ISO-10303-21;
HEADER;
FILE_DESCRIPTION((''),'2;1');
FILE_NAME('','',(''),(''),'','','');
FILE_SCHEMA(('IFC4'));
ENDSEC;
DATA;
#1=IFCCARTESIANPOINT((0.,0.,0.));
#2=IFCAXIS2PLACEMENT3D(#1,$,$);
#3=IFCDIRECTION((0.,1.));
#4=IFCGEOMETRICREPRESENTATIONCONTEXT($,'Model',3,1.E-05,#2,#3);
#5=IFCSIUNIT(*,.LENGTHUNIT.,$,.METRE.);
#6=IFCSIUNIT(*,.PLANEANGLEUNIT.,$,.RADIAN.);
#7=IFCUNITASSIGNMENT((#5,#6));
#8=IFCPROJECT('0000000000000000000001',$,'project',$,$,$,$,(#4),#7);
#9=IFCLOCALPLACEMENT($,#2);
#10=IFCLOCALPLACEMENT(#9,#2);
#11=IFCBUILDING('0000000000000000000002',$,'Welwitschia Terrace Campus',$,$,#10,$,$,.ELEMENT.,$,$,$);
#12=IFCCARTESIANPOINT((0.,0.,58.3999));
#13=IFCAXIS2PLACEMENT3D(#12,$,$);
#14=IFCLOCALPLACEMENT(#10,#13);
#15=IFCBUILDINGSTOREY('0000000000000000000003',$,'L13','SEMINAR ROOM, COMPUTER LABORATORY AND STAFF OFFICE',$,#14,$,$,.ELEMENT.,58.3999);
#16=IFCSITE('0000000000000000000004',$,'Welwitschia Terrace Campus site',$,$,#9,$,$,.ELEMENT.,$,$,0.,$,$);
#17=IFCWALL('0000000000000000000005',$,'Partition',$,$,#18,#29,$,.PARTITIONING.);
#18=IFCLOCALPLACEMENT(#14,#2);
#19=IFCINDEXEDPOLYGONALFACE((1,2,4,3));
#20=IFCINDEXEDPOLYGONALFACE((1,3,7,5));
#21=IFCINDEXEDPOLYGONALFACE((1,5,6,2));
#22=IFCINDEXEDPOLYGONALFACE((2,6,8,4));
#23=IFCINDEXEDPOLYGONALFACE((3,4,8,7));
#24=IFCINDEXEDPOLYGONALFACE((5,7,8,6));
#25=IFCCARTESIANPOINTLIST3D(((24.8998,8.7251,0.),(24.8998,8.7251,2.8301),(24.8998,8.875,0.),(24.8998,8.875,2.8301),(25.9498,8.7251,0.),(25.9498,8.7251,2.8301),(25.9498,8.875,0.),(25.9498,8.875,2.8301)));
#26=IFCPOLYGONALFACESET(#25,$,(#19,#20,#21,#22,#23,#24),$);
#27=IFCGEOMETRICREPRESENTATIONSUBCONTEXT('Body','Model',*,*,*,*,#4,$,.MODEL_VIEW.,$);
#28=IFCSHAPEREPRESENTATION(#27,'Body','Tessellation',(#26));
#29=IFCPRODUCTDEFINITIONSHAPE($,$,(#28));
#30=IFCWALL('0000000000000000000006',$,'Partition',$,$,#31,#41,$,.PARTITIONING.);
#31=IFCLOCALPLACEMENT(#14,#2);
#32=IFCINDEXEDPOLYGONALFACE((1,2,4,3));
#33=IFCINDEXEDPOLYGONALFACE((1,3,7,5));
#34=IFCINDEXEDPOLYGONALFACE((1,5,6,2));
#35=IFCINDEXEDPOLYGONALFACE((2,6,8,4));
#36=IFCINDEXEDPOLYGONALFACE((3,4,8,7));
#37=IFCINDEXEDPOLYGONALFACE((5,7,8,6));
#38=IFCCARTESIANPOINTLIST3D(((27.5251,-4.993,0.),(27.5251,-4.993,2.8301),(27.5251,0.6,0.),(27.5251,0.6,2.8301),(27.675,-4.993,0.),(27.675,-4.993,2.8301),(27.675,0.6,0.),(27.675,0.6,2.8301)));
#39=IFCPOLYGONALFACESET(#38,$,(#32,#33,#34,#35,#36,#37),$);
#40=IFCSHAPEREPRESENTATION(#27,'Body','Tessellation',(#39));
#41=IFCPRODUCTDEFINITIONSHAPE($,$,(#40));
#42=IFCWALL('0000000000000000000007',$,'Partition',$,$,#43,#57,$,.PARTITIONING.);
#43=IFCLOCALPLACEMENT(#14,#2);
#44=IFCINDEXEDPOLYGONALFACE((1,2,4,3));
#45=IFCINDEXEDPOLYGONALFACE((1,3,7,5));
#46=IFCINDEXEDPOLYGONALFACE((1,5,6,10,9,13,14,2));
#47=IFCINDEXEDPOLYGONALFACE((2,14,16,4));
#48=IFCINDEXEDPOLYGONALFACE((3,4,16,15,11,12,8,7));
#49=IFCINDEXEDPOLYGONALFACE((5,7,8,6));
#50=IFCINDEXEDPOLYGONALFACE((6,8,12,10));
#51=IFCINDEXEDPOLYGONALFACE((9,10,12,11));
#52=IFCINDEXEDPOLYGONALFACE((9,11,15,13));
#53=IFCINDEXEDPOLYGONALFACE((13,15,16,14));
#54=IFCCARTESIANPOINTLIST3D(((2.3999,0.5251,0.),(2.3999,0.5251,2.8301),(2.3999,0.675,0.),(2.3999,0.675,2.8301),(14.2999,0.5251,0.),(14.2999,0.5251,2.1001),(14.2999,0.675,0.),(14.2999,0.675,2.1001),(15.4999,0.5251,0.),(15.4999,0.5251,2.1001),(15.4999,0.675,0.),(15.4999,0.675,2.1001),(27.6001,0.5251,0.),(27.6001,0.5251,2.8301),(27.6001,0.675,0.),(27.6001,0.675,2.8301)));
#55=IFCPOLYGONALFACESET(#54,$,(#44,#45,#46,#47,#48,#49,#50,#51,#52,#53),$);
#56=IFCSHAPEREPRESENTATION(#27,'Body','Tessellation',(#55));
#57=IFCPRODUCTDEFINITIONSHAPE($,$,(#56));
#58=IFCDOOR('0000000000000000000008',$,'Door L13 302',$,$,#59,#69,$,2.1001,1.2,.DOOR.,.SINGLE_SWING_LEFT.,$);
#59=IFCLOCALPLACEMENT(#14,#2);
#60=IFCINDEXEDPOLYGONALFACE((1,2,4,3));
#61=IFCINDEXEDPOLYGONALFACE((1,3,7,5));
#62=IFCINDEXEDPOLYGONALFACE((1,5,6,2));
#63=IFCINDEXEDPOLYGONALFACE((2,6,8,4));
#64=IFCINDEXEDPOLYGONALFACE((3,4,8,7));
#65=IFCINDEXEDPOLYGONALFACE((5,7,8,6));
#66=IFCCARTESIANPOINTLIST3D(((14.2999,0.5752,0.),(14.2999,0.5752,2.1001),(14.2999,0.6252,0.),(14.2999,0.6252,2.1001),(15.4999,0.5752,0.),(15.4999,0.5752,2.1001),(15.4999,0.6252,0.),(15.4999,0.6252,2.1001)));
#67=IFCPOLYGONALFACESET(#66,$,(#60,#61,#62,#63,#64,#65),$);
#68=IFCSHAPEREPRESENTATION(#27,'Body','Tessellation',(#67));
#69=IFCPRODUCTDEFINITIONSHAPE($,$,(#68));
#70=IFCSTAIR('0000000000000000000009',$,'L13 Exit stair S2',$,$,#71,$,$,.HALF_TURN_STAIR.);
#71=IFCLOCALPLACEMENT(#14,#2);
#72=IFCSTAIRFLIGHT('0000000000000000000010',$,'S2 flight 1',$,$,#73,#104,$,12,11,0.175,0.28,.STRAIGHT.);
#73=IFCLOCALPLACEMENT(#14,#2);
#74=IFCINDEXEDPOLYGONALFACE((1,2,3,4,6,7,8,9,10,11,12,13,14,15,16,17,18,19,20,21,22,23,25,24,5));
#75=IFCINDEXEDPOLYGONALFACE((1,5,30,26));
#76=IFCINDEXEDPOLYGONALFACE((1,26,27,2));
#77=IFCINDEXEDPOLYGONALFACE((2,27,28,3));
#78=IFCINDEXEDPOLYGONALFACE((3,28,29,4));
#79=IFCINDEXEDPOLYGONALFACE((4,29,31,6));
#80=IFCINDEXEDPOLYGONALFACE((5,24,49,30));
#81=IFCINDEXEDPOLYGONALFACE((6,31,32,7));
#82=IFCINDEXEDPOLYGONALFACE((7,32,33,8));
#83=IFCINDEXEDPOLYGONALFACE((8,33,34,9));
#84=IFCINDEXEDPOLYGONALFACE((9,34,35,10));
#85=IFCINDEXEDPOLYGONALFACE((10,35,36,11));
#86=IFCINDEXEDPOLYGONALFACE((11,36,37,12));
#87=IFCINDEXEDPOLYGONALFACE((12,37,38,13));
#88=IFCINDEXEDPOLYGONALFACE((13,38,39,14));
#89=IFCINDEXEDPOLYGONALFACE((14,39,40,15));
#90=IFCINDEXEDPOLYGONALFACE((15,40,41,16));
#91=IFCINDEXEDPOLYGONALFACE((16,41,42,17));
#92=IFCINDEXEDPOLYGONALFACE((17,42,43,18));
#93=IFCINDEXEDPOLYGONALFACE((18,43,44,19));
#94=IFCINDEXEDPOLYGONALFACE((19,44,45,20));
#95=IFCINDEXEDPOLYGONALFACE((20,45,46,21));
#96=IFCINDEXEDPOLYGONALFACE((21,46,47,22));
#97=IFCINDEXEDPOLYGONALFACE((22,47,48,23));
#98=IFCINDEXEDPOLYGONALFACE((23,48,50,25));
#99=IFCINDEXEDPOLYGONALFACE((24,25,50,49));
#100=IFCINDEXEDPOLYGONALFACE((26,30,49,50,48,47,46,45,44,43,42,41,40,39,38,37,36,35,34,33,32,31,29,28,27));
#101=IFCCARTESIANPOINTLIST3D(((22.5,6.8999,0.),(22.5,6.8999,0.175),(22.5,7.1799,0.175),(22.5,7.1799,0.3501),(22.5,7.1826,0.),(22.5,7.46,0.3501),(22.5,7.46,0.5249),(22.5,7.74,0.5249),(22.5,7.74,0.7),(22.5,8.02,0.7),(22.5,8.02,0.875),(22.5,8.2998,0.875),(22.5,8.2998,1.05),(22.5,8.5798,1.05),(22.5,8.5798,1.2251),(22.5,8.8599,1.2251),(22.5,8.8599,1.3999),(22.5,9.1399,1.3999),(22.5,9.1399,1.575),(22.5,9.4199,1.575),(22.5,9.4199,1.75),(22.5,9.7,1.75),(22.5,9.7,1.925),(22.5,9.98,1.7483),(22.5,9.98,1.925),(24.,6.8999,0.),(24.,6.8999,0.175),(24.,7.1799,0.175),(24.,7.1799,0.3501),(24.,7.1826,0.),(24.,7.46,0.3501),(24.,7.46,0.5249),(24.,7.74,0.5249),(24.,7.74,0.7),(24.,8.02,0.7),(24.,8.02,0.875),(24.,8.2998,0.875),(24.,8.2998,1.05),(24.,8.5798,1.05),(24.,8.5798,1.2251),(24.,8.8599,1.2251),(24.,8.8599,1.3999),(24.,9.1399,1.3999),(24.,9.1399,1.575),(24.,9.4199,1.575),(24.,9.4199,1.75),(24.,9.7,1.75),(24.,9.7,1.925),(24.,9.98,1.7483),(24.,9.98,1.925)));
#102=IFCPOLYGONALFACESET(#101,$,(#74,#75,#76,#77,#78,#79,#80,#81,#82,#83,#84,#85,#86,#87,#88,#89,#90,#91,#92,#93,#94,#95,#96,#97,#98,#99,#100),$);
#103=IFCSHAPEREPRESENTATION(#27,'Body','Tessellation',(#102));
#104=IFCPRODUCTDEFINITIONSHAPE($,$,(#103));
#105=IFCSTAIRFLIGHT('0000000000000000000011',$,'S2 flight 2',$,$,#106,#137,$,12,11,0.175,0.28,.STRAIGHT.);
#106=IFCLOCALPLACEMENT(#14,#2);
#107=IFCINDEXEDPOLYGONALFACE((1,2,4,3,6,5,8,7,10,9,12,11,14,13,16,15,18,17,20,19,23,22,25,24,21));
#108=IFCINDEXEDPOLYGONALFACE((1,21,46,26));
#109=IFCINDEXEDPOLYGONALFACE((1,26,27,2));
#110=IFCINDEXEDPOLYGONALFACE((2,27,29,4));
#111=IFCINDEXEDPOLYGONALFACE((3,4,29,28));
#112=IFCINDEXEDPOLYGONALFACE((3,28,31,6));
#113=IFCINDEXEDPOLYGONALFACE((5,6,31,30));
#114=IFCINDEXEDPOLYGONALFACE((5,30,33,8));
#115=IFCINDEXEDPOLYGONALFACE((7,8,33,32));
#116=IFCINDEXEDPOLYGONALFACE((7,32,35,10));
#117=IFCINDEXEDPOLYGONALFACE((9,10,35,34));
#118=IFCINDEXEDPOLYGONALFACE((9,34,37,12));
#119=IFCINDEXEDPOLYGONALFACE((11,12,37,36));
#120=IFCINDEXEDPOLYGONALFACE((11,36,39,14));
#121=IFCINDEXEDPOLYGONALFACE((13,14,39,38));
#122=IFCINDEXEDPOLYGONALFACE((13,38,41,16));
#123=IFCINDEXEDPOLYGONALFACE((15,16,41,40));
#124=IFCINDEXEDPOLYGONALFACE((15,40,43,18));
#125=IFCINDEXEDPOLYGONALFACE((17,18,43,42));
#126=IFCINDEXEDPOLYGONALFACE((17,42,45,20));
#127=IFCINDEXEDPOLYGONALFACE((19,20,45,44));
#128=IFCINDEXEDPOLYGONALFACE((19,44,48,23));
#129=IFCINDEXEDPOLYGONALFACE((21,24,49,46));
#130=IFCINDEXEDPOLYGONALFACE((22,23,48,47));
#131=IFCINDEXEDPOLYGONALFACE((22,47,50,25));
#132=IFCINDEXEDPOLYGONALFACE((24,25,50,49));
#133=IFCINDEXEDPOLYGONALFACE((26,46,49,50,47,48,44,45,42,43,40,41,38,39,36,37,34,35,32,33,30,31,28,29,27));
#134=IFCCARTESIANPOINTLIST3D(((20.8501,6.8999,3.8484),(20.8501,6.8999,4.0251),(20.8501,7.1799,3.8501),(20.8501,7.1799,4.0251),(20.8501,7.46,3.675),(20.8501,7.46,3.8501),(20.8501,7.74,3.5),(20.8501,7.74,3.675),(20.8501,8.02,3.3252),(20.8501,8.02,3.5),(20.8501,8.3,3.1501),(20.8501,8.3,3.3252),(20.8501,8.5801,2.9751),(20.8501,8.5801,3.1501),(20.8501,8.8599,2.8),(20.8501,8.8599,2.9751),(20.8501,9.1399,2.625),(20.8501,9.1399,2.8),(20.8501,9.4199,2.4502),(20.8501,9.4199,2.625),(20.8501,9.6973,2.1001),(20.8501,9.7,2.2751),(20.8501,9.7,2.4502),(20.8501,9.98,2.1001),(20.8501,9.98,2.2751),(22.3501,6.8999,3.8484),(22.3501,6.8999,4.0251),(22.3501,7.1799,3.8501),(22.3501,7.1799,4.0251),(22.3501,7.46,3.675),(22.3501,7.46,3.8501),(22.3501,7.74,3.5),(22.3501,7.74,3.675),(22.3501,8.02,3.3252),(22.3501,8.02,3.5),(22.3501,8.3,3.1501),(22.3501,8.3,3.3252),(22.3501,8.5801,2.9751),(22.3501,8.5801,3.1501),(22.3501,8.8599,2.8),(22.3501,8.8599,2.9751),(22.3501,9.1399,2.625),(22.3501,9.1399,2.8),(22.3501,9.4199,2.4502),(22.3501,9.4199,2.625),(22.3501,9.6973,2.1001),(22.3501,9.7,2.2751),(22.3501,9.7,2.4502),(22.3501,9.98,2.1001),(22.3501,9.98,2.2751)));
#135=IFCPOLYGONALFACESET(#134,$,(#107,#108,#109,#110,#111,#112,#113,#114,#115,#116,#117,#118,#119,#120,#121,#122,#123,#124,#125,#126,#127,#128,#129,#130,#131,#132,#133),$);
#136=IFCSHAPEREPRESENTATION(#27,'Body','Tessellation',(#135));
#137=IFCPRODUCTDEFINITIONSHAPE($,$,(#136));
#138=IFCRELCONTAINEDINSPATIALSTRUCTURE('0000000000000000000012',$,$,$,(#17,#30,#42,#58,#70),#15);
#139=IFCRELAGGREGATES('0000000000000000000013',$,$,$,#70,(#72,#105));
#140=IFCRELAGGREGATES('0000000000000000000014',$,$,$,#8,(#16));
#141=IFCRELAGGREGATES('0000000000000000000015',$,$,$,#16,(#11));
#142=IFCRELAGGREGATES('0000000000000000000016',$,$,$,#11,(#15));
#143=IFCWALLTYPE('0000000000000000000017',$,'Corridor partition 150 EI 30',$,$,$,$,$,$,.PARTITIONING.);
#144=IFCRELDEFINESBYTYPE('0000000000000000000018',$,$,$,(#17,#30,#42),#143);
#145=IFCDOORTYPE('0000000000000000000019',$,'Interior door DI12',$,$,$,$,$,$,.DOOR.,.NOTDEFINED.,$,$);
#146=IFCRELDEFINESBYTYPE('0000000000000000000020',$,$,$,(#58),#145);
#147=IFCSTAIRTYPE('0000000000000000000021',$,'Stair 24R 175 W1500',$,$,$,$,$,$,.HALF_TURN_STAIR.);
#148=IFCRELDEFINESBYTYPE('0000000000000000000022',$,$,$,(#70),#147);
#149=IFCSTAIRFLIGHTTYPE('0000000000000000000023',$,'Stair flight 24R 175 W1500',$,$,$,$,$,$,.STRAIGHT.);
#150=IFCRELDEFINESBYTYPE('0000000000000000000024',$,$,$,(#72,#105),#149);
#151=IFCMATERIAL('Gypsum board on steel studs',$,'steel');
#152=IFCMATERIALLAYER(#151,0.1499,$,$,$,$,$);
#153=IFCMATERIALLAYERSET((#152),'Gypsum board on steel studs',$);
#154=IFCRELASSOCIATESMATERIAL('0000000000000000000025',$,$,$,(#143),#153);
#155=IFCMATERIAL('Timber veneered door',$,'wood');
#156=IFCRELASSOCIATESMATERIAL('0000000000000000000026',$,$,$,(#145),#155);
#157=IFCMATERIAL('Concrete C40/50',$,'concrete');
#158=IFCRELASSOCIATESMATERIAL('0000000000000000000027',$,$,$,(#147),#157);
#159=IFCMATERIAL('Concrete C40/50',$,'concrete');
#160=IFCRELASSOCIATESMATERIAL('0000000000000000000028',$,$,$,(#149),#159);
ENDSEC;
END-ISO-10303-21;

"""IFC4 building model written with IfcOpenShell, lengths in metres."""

from ifc_helpers import new_model, si_unit, direction, frame, frame_2d, origin, place, context, subcontext, project, spatial, polyline, rectangle, outline, extrude, material, layer, layer_set, type_object, element, fill, aggregate, save


model = new_model("IFC4")

# Units and contexts
model_context = context("Model", 3, precision=1e-05, world=origin(), true_north=direction((0.0, 1.0)))
body_context = subcontext(model_context, "Body", "Model", "MODEL_VIEW")
ifc_project = project(units=[si_unit("LENGTHUNIT", "METRE"), si_unit("PLANEANGLEUNIT", "RADIAN")], contexts=[model_context])

# Site, building, storey
site_placement = place(None, origin())
site = spatial("IfcSite", under=ifc_project, at=site_placement, Name="Welwitschia Terrace Campus site", CompositionType="ELEMENT", RefElevation=0.0)
building_placement = place(site_placement, origin())
building = spatial("IfcBuilding", under=site, at=building_placement, Name="Welwitschia Terrace Campus", CompositionType="ELEMENT")
storey_placement = place(building_placement, frame((0.0, 0.0, 58.3999)))
storey = spatial("IfcBuildingStorey", under=building, at=storey_placement, Name="L13", Description="SEMINAR ROOM, COMPUTER LABORATORY AND STAFF OFFICE", CompositionType="ELEMENT", Elevation=58.3999)

# Walls
ifc_material_1 = material(Name="Gypsum board on steel studs", Category="steel")
ifc_layer_1 = layer(ifc_material_1, 0.1499)
ifc_layer_set_1 = layer_set([ifc_layer_1], Name="Gypsum board on steel studs")
wall_type_1 = type_object("IfcWallType", Name="Corridor partition 150 EI 30", PredefinedType="PARTITIONING", material=ifc_layer_set_1)
for number, where, z_axis, x_axis, name in (
    (1, (24.8999, 8.8, 0.0), (0.0, 0.0, 1.0), (1.0, 0.0, 0.0), "Partition"),
):
    element("IfcWall", number, at=place(storey_placement, frame(where, z_axis=z_axis, x_axis=x_axis)), inside=storey, type_object=wall_type_1, Name=name, PredefinedType="PARTITIONING", context=body_context, shape_type="SweptSolid", body=[
        extrude(rectangle(XDim=1.05, YDim=0.1499, at=frame_2d((0.5249, 0.0))), origin(), (0.0, 0.0, 1.0), 2.8301),
    ])
wall_1_placement = place(storey_placement, frame((27.6001, -4.9929, 0.0), z_axis=(0.0, 0.0, 1.0), x_axis=(0.0, 1.0, 0.0)))
element("IfcWall", 2, at=wall_1_placement, inside=storey, type_object=wall_type_1, Name="Partition", PredefinedType="PARTITIONING", context=body_context, shape_type="SweptSolid", body=[
    extrude(rectangle(XDim=5.593, YDim=0.1499, at=frame_2d((2.7964, 0.0))), origin(), (0.0, 0.0, 1.0), 2.8301),
])

# Wall, opening, door
wall_2_placement = place(storey_placement, frame((27.6001, 0.6001, 0.0), z_axis=(0.0, 0.0, 1.0), x_axis=(-1.0, 0.0, 0.0)))
wall_2 = element("IfcWall", 3, at=wall_2_placement, inside=storey, type_object=wall_type_1, Name="Partition", PredefinedType="PARTITIONING", context=body_context, shape_type="SweptSolid", body=[
    extrude(rectangle(XDim=25.2002, YDim=0.1499, at=frame_2d((12.6001, 0.0))), origin(), (0.0, 0.0, 1.0), 2.8301),
])
opening_1_placement = place(wall_2_placement, frame((12.1001, 0.0, 0.0)))
opening_1 = element("IfcOpeningElement", 4, at=opening_1_placement, cuts=wall_2, PredefinedType="OPENING", context=body_context, shape_type="SweptSolid", body=[
    extrude(rectangle(XDim=1.2, YDim=2.1001, at=frame_2d((0.6001, 1.05))), frame((0.0, 0.085, 0.0), z_axis=(0.0, -1.0, 0.0), x_axis=(1.0, 0.0, 0.0)), (0.0, 0.0, 1.0), 0.1699),
])
ifc_material_2 = material(Name="Timber veneered door", Category="wood")
door_type_1 = type_object("IfcDoorType", Name="Interior door DI12", OperationType="NOTDEFINED", PredefinedType="DOOR", material=ifc_material_2)
door_1_placement = place(opening_1_placement, origin())
door_1 = element("IfcDoor", 5, at=door_1_placement, inside=storey, type_object=door_type_1, Name="Door L13 302", OperationType="SINGLE_SWING_LEFT", OverallHeight=2.1001, OverallWidth=1.2, PredefinedType="DOOR", context=body_context, shape_type="SweptSolid", body=[
    extrude(rectangle(XDim=1.2, YDim=2.1001, at=frame_2d((0.6001, 1.05))), frame((0.0, 0.0249, 0.0), z_axis=(0.0, -1.0, 0.0), x_axis=(1.0, 0.0, 0.0)), (0.0, 0.0, 1.0), 0.05),
])
fill(opening_1, door_1)

# Stair, stair flights
ifc_material_3 = material(Name="Concrete C40/50", Category="concrete")
stair_type = type_object("IfcStairType", Name="Stair 24R 175 W1500", PredefinedType="HALF_TURN_STAIR", material=ifc_material_3)
stair_placement = place(storey_placement, origin())
stair = element("IfcStair", 6, at=stair_placement, inside=storey, type_object=stair_type, Name="L13 Exit stair S2", PredefinedType="HALF_TURN_STAIR")
ifc_material_4 = material(Name="Concrete C40/50", Category="concrete")
stair_flight_type = type_object("IfcStairFlightType", Name="Stair flight 24R 175 W1500", PredefinedType="STRAIGHT", material=ifc_material_4)
stair_flight_1_placement = place(storey_placement, frame((23.25, 6.8999, 0.0), z_axis=(0.0, 0.0, 1.0), x_axis=(0.0, 1.0, 0.0)))
stair_flight_1 = element("IfcStairFlight", 7, at=stair_flight_1_placement, type_object=stair_flight_type, Name="S2 flight 1", NumberOfRisers=12, NumberOfTreads=11, PredefinedType="STRAIGHT", RiserHeight=0.175, TreadLength=0.28, context=body_context, shape_type="SweptSolid", body=[
    extrude(outline(polyline([(0.0, 0.0), (0.0, 0.175), (0.28, 0.175), (0.28, 0.3501), (0.5601, 0.3501), (0.5601, 0.5249), (0.8401, 0.5249), (0.8401, 0.7), (1.1201, 0.7), (1.1201, 0.875), (1.3999, 0.875), (1.3999, 1.05), (1.6799, 1.05), (1.6799, 1.2251), (1.96, 1.2251), (1.96, 1.3999), (2.24, 1.3999), (2.24, 1.575), (2.52, 1.575), (2.52, 1.75), (2.8, 1.75), (2.8, 1.925), (3.0801, 1.925), (3.0801, 2.1001), (3.0801, 1.7483), (0.2827, 0.0), (0.0, 0.0)])), frame((0.0, 0.75, 0.0), z_axis=(0.0, -1.0, 0.0), x_axis=(1.0, 0.0, 0.0)), (0.0, 0.0, 1.0), 1.5),
])
stair_flight_2_placement = place(storey_placement, frame((21.6001, 9.98, 2.1001), z_axis=(0.0, 0.0, 1.0), x_axis=(0.0, -1.0, 0.0)))
stair_flight_2 = element("IfcStairFlight", 8, at=stair_flight_2_placement, type_object=stair_flight_type, Name="S2 flight 2", NumberOfRisers=12, NumberOfTreads=11, PredefinedType="STRAIGHT", RiserHeight=0.175, TreadLength=0.28, context=body_context, shape_type="SweptSolid", body=[
    extrude(outline(polyline([(0.0, 0.0), (0.0, 0.175), (0.28, 0.175), (0.28, 0.3501), (0.5601, 0.3501), (0.5601, 0.5249), (0.8401, 0.5249), (0.8401, 0.7), (1.1201, 0.7), (1.1201, 0.875), (1.3999, 0.875), (1.3999, 1.05), (1.6799, 1.05), (1.6799, 1.2251), (1.96, 1.2251), (1.96, 1.3999), (2.24, 1.3999), (2.24, 1.575), (2.52, 1.575), (2.52, 1.75), (2.8, 1.75), (2.8, 1.925), (3.0801, 1.925), (3.0801, 2.1001), (3.0801, 1.7483), (0.2827, 0.0), (0.0, 0.0)])), frame((0.0, 0.75, 0.0), z_axis=(0.0, -1.0, 0.0), x_axis=(1.0, 0.0, 0.0)), (0.0, 0.0, 1.0), 1.5),
])
aggregate(stair, [stair_flight_1, stair_flight_2])

save(model, "model.ifc")
